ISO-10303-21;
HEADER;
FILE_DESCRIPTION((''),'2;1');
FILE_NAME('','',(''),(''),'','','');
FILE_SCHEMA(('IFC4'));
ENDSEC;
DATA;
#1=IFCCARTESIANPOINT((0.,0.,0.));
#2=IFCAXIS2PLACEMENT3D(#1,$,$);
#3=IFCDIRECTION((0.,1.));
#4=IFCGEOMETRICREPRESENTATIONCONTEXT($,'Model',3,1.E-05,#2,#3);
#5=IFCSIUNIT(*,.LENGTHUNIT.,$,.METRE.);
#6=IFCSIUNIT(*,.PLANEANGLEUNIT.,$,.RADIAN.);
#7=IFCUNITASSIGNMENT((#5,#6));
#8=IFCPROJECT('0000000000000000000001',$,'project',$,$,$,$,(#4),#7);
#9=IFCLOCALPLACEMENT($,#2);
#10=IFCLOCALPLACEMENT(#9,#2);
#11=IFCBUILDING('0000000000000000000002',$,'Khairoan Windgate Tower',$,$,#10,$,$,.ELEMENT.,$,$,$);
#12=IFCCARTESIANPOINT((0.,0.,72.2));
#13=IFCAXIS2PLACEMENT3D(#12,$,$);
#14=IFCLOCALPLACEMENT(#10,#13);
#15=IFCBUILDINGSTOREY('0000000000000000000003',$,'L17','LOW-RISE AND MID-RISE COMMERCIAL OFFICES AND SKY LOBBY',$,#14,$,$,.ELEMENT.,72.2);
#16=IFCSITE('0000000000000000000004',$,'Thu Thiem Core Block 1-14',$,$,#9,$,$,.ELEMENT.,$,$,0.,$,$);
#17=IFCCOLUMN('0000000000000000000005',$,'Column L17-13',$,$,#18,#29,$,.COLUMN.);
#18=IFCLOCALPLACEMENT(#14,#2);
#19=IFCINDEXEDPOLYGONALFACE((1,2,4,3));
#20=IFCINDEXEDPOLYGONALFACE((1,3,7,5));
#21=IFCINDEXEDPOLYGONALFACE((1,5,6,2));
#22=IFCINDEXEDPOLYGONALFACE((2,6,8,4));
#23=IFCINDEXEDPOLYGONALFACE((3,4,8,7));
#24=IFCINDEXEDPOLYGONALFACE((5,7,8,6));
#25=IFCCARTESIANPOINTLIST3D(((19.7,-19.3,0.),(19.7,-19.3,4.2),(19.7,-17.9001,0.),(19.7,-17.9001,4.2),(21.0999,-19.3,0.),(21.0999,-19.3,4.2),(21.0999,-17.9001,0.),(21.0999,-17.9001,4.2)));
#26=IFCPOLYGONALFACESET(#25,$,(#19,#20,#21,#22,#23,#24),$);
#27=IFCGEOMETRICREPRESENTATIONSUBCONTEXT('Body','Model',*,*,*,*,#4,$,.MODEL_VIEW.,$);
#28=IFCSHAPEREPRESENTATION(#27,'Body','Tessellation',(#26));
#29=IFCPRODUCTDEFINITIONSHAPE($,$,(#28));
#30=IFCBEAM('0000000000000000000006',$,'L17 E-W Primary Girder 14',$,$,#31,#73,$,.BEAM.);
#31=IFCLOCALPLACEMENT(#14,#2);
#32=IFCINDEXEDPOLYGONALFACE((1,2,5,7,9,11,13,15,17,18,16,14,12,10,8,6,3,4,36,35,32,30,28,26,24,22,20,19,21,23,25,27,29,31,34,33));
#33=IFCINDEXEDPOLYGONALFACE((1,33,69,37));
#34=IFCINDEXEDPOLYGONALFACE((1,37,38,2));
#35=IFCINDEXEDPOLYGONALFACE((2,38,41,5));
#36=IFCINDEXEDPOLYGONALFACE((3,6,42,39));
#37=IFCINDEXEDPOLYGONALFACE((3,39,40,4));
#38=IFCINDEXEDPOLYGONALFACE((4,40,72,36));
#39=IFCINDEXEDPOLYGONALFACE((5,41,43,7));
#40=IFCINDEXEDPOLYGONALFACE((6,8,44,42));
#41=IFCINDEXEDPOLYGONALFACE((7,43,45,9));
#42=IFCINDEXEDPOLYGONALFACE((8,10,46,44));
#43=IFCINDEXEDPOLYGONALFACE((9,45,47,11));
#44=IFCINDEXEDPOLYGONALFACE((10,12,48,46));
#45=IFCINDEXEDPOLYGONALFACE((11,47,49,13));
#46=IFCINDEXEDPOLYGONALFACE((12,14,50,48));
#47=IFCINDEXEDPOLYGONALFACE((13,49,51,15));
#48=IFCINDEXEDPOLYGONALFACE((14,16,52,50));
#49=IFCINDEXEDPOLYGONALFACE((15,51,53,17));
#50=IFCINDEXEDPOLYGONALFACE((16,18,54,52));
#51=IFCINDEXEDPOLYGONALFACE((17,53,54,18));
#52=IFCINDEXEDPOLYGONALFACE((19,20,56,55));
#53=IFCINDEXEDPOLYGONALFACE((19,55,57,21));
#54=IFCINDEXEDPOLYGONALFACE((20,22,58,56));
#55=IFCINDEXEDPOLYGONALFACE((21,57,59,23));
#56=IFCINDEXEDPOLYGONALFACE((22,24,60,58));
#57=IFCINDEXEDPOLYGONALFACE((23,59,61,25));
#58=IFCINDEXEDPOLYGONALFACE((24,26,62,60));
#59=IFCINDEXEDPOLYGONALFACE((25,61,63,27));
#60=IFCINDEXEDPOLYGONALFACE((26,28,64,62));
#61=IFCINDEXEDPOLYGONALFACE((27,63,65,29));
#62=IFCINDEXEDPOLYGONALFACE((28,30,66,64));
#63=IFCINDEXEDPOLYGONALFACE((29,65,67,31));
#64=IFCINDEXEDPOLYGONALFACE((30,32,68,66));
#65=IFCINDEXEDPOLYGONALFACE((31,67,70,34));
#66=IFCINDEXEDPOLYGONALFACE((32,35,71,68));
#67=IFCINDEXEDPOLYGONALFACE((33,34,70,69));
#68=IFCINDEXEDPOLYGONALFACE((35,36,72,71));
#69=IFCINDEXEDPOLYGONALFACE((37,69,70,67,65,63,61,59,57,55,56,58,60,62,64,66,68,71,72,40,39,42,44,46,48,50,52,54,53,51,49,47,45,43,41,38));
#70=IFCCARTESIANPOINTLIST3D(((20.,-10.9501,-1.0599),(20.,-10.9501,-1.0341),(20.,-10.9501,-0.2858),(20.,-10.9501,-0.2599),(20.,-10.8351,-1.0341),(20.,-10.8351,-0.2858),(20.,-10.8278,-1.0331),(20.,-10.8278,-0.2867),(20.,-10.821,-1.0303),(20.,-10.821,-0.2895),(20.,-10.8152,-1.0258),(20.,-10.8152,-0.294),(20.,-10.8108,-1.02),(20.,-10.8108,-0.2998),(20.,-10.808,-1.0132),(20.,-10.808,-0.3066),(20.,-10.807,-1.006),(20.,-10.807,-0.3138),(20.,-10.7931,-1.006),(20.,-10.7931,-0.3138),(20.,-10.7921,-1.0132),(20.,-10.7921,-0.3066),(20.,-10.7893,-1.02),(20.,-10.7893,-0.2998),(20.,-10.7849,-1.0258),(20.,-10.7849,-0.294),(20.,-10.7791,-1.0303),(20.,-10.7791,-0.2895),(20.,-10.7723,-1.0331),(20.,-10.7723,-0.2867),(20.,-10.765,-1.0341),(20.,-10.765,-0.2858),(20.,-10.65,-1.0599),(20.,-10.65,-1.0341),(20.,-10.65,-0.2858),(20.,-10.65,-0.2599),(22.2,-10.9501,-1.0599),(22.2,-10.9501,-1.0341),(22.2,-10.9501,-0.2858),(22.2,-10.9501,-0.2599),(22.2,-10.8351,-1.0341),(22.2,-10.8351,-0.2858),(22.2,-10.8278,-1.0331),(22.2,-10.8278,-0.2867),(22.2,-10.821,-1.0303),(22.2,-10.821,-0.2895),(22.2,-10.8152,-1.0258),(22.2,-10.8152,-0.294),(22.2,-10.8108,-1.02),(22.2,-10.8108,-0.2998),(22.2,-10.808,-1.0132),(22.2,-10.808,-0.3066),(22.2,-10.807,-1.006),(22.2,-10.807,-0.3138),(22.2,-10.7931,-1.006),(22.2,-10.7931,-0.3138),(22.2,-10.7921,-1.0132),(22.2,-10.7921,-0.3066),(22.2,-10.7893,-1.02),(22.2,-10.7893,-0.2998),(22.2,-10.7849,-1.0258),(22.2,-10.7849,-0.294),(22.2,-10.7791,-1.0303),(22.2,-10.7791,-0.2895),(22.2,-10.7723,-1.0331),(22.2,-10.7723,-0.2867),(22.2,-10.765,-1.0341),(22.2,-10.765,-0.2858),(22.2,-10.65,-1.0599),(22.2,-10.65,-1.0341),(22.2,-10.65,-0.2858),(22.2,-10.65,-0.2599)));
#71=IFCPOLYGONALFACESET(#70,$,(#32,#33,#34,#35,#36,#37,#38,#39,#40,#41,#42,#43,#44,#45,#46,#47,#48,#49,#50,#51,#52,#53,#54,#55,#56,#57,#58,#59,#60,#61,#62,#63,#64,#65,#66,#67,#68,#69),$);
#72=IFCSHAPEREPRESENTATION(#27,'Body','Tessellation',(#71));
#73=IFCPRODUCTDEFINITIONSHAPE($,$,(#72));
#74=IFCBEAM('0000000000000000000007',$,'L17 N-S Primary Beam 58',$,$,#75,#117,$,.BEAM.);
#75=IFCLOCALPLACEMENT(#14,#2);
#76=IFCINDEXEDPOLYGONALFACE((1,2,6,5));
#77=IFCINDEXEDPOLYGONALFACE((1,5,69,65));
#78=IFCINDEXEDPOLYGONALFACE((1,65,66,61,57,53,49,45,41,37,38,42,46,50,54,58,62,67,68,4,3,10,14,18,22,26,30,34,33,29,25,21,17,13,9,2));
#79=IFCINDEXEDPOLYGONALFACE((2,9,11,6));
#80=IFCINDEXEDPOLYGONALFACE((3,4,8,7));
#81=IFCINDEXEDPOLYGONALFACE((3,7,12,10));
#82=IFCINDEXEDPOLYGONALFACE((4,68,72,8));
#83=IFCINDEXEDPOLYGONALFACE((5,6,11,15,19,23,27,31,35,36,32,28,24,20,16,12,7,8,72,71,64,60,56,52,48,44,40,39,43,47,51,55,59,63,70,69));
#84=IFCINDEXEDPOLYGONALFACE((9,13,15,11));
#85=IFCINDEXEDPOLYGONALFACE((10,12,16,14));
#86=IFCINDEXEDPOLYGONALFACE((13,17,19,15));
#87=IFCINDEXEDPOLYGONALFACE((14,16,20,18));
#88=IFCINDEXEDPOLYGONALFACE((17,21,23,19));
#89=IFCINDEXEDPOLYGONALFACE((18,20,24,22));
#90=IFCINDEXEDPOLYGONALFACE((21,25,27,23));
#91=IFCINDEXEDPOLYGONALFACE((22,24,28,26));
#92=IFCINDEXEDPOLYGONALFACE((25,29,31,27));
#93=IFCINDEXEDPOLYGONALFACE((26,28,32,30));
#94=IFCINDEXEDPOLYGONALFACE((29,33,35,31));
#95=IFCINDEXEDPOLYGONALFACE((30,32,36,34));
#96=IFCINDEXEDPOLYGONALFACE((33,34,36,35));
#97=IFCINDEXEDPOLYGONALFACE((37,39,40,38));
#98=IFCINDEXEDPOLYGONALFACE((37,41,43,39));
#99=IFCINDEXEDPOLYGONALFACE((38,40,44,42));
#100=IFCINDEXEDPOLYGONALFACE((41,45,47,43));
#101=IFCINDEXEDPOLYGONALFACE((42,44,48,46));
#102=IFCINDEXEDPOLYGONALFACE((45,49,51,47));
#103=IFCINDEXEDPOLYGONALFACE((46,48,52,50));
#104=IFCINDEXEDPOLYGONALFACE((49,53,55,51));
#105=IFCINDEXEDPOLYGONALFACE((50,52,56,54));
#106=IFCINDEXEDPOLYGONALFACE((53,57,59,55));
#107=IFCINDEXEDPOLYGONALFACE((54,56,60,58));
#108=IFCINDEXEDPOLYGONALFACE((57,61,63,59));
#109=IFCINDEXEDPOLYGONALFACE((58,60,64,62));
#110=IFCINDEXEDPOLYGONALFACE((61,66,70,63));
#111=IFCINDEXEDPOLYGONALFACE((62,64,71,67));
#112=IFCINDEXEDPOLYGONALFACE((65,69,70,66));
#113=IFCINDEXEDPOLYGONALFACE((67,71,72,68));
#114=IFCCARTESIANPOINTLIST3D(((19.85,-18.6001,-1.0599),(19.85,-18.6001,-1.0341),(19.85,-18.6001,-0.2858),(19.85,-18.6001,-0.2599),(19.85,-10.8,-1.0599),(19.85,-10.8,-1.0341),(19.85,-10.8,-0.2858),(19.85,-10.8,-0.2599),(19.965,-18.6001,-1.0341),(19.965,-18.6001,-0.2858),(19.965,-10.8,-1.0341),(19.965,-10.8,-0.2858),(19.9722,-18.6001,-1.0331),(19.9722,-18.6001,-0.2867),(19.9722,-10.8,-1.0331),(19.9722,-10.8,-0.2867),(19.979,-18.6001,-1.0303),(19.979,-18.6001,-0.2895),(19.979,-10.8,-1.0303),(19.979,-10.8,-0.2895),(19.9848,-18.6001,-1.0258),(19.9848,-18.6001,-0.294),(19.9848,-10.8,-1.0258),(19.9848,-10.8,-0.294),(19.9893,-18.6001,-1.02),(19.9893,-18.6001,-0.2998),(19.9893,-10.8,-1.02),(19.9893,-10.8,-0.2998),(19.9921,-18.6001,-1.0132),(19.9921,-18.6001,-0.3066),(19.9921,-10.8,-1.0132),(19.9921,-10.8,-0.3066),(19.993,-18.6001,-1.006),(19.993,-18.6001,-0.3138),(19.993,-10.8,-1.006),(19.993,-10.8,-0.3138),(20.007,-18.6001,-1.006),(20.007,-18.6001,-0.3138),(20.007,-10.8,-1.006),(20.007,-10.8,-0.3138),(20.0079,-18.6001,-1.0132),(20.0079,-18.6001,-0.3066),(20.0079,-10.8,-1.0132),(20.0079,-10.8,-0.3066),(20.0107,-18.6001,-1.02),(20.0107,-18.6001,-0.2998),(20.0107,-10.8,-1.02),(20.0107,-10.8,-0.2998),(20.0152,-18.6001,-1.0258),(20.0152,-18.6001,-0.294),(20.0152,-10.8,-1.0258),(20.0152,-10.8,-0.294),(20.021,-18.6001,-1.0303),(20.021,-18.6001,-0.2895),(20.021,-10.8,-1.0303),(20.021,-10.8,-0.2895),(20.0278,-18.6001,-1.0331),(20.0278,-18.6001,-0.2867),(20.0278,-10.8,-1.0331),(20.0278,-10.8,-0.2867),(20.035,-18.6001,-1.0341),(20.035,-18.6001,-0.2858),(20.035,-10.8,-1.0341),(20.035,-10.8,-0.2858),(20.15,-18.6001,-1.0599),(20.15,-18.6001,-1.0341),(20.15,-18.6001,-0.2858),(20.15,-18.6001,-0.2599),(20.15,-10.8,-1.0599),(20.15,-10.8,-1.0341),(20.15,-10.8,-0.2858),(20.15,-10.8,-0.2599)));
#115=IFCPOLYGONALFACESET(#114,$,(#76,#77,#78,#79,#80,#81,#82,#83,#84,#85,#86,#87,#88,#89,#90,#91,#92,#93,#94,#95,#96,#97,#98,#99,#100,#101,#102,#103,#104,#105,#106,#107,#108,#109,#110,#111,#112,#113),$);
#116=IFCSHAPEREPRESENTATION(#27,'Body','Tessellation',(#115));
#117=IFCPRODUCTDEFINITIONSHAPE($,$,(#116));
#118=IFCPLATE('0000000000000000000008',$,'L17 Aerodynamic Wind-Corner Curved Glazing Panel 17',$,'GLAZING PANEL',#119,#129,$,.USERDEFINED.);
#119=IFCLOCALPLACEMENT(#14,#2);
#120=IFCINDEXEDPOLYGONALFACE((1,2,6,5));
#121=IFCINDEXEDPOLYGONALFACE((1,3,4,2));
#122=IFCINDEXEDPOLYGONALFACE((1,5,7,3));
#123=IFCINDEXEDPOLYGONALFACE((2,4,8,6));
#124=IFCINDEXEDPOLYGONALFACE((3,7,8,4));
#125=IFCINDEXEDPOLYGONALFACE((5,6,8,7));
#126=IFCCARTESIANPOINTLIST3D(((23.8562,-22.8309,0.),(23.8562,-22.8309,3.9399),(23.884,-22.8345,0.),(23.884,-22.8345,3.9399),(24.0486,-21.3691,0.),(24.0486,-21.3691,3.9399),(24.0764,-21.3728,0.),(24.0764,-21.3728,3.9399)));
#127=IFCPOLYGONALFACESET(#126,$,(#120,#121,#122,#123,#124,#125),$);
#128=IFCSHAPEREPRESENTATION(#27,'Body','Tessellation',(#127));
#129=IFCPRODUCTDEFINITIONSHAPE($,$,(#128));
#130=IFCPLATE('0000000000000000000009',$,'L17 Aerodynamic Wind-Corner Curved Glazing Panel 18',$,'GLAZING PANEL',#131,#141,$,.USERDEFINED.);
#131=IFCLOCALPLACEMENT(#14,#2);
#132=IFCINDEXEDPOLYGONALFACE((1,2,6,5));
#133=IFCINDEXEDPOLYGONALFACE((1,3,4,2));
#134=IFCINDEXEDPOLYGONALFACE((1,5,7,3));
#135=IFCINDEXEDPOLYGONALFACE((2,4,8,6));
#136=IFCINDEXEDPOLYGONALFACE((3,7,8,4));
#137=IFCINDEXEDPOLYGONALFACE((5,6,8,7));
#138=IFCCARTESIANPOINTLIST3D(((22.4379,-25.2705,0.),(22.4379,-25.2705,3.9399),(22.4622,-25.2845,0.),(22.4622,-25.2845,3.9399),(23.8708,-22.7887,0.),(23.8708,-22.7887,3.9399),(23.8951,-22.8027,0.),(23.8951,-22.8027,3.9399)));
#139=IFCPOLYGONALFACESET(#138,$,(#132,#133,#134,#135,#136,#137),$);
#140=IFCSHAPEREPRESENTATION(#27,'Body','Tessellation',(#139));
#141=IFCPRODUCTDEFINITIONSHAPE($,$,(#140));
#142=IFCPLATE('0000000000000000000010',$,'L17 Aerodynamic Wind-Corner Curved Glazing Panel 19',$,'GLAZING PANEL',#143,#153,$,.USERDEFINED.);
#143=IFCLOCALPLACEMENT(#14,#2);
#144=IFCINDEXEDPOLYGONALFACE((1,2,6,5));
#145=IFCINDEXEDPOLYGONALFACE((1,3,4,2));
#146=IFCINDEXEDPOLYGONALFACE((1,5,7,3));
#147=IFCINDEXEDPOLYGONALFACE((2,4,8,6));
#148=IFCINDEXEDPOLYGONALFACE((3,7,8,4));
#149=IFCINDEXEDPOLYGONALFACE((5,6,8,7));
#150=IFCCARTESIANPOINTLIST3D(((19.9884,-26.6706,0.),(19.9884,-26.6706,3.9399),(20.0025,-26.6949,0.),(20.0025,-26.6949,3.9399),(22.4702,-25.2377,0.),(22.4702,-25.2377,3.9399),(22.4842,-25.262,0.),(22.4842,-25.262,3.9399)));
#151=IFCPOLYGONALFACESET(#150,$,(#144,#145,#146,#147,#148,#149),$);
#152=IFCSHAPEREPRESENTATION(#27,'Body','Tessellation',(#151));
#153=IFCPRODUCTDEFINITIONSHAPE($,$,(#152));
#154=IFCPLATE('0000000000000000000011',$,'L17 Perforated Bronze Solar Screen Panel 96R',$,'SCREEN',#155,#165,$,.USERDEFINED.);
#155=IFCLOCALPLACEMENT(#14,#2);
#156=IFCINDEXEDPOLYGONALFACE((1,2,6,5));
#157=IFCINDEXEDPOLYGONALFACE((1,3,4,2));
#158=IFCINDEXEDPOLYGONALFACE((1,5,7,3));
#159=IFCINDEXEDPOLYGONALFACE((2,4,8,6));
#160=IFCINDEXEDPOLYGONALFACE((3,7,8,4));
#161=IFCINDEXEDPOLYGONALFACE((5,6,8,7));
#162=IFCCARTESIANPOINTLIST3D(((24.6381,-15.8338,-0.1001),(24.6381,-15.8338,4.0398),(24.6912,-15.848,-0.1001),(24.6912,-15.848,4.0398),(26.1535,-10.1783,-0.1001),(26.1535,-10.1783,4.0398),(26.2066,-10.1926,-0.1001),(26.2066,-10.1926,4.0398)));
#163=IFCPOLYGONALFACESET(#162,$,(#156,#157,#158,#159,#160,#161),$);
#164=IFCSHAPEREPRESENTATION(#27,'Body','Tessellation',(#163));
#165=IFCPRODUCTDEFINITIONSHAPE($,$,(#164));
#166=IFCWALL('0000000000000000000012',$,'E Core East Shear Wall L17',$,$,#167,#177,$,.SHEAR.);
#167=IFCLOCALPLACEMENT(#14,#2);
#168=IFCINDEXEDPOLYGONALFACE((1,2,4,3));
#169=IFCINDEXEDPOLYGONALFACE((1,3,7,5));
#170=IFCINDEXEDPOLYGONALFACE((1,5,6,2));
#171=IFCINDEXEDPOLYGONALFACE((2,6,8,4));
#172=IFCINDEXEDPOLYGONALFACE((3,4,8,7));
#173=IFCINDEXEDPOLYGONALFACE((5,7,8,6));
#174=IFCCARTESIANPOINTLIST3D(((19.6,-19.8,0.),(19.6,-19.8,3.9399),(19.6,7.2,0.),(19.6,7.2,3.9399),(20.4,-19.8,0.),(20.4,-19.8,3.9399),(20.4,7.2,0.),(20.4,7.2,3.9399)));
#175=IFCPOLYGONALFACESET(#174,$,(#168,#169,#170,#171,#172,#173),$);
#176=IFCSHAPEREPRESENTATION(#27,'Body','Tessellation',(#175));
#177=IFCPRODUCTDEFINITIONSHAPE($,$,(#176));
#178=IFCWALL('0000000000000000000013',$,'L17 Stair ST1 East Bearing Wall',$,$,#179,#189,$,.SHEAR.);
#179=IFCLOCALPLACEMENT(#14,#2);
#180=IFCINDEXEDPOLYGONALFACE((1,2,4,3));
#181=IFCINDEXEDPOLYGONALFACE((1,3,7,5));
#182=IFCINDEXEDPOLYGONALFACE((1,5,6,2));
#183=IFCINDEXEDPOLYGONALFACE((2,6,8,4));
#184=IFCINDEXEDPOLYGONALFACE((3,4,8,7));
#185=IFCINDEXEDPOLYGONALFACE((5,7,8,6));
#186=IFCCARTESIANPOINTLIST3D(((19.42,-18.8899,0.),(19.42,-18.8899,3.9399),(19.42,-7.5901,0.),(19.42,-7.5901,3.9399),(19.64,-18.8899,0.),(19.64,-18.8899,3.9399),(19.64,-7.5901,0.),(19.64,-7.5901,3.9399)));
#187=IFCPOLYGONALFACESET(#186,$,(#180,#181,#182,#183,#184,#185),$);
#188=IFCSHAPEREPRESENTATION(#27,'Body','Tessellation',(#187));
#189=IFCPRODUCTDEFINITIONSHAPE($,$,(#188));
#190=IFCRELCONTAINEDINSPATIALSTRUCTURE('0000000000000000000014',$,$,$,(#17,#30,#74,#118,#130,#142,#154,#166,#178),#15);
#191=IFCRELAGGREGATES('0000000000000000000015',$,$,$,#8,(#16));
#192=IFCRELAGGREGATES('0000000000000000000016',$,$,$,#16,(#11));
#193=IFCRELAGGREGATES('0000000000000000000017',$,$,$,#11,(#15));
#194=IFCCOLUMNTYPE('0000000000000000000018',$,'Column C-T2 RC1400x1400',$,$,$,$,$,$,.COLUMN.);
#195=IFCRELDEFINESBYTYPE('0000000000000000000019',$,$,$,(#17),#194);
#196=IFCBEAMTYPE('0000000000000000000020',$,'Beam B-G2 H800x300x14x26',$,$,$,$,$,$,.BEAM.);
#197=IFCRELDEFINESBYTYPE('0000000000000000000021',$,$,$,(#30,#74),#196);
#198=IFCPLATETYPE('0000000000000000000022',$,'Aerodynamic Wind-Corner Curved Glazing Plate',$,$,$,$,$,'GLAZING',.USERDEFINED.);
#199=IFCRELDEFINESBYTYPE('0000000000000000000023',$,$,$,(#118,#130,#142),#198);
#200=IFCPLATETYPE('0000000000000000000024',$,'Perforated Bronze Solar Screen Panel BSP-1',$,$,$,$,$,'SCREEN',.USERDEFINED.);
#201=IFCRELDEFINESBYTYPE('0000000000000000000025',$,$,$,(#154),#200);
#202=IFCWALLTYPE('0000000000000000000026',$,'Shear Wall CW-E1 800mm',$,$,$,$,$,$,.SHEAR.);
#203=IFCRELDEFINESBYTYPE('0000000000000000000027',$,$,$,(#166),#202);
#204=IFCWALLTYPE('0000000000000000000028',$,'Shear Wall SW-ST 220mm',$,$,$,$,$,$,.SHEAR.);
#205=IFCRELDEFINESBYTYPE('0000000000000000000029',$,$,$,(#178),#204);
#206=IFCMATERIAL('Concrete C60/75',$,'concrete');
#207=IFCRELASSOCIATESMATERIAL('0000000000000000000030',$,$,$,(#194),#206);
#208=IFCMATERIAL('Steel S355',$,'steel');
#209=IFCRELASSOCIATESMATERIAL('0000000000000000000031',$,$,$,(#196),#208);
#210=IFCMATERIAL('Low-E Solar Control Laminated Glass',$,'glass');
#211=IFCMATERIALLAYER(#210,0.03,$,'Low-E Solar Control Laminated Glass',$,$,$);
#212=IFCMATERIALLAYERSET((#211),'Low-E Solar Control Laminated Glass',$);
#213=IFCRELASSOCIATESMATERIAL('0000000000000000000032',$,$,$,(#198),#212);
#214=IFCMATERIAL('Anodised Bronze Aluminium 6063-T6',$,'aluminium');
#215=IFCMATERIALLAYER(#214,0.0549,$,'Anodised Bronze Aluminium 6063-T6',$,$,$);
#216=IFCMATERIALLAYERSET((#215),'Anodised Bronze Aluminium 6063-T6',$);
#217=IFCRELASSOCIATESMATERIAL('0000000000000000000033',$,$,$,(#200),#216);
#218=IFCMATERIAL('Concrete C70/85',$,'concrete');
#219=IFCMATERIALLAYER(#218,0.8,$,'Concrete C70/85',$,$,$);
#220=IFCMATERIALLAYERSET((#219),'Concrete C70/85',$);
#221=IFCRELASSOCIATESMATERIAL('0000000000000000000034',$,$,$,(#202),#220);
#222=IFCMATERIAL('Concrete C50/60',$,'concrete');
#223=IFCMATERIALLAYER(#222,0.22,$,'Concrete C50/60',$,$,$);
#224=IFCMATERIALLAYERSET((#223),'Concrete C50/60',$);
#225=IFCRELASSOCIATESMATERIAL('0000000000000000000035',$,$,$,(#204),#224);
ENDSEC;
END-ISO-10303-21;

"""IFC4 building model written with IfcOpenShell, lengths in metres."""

from ifc_helpers import new_model, si_unit, direction, frame, frame_2d, origin, origin_2d, place, context, subcontext, project, spatial, rectangle, i_section, extrude, material, layer, layer_set, material_profile, profile_set, type_object, element, save


model = new_model("IFC4")

# Units and contexts
model_context = context("Model", 3, precision=1e-05, world=origin(), true_north=direction((0.0, 1.0)))
body_context = subcontext(model_context, "Body", "Model", "MODEL_VIEW")
ifc_project = project(units=[si_unit("LENGTHUNIT", "METRE"), si_unit("PLANEANGLEUNIT", "RADIAN")], contexts=[model_context])

# Site, building, storey
site_placement = place(None, origin())
site = spatial("IfcSite", under=ifc_project, at=site_placement, Name="Thu Thiem Core Block 1-14", CompositionType="ELEMENT", RefElevation=0.0)
building_placement = place(site_placement, origin())
building = spatial("IfcBuilding", under=site, at=building_placement, Name="Khairoan Windgate Tower", CompositionType="ELEMENT")
storey_placement = place(building_placement, frame((0.0, 0.0, 72.2)))
storey = spatial("IfcBuildingStorey", under=building, at=storey_placement, Name="L17", Description="LOW-RISE AND MID-RISE COMMERCIAL OFFICES AND SKY LOBBY", CompositionType="ELEMENT", Elevation=72.2)

# Column
ifc_material_1 = material(Name="Concrete C60/75", Category="concrete")
ifc_material_profile_1 = material_profile(ifc_material_1, rectangle(XDim=1.3999, YDim=1.3999, at=origin_2d()))
ifc_profile_set_1 = profile_set([ifc_material_profile_1], Name="Concrete C60/75")
column_type = type_object("IfcColumnType", Name="Column C-T2 RC1400x1400", PredefinedType="COLUMN", material=ifc_profile_set_1)
column_placement = place(storey_placement, frame((20.3999, -18.6001, 0.0), z_axis=(0.0, 0.0, 1.0), x_axis=(1.0, 0.0, 0.0)))
element("IfcColumn", 1, at=column_placement, inside=storey, type_object=column_type, Name="Column L17-13", PredefinedType="COLUMN", context=body_context, shape_type="SweptSolid", body=[
    extrude(rectangle(XDim=1.3999, YDim=1.3999, at=origin_2d()), origin(), (0.0, 0.0, 1.0), 4.2),
])

# Beams
ifc_material_2 = material(Name="Steel S355", Category="steel")
ifc_material_profile_2 = material_profile(ifc_material_2, i_section(OverallWidth=0.3, OverallDepth=0.8, WebThickness=0.0139, FlangeThickness=0.0259, FilletRadius=0.0281, at=origin_2d()))
ifc_profile_set_2 = profile_set([ifc_material_profile_2], Name="Steel S355")
beam_type = type_object("IfcBeamType", Name="Beam B-G2 H800x300x14x26", PredefinedType="BEAM", material=ifc_profile_set_2)
beam_1_placement = place(storey_placement, frame((20.0, -10.8, -0.6599), z_axis=(1.0, 0.0, 0.0), x_axis=(0.0, 1.0, 0.0)))
element("IfcBeam", 2, at=beam_1_placement, inside=storey, type_object=beam_type, Name="L17 E-W Primary Girder 14", PredefinedType="BEAM", context=body_context, shape_type="SweptSolid", body=[
    extrude(i_section(OverallWidth=0.3, OverallDepth=0.8, WebThickness=0.0139, FlangeThickness=0.0259, FilletRadius=0.0281, at=origin_2d()), origin(), (0.0, 0.0, 1.0), 2.2),
])
beam_2_placement = place(storey_placement, frame((20.0, -18.6001, -0.6599), z_axis=(0.0, 1.0, 0.0), x_axis=(-1.0, 0.0, 0.0)))
element("IfcBeam", 3, at=beam_2_placement, inside=storey, type_object=beam_type, Name="L17 N-S Primary Beam 58", PredefinedType="BEAM", context=body_context, shape_type="SweptSolid", body=[
    extrude(i_section(OverallWidth=0.3, OverallDepth=0.8, WebThickness=0.0139, FlangeThickness=0.0259, FilletRadius=0.0281, at=origin_2d()), origin(), (0.0, 0.0, 1.0), 7.8),
])

# Plates
ifc_material_3 = material(Name="Low-E Solar Control Laminated Glass", Category="glass")
ifc_layer_1 = layer(ifc_material_3, 0.03, Name="Low-E Solar Control Laminated Glass")
ifc_layer_set_1 = layer_set([ifc_layer_1], Name="Low-E Solar Control Laminated Glass")
plate_type_1 = type_object("IfcPlateType", Name="Aerodynamic Wind-Corner Curved Glazing Plate", ElementType="GLAZING", PredefinedType="USERDEFINED", material=ifc_layer_set_1)
plate_1_placement = place(storey_placement, frame((23.9663, -22.1018, 0.0), z_axis=(0.0, 0.0, 1.0), x_axis=(-0.130526, -0.991445, 0.0)))
element("IfcPlate", 4, at=plate_1_placement, inside=storey, type_object=plate_type_1, Name="L17 Aerodynamic Wind-Corner Curved Glazing Panel 17", ObjectType="GLAZING PANEL", PredefinedType="USERDEFINED", context=body_context, shape_type="SweptSolid", body=[
    extrude(rectangle(XDim=1.4744, YDim=0.0281, at=origin_2d()), origin(), (0.0, 0.0, 1.0), 3.9399),
])
for number, where, z_axis, x_axis, name in (
    (5, (23.1665, -24.0366, 0.0), (0.0, 0.0, 1.0), (-0.5, -0.866025, 0.0), "L17 Aerodynamic Wind-Corner Curved Glazing Panel 18"),
    (6, (21.2363, -25.9663, 0.0), (0.0, 0.0, 1.0), (-0.866025, -0.5, 0.0), "L17 Aerodynamic Wind-Corner Curved Glazing Panel 19"),
):
    element("IfcPlate", number, at=place(storey_placement, frame(where, z_axis=z_axis, x_axis=x_axis)), inside=storey, type_object=plate_type_1, Name=name, ObjectType="GLAZING PANEL", PredefinedType="USERDEFINED", context=body_context, shape_type="SweptSolid", body=[
        extrude(rectangle(XDim=2.8657, YDim=0.0281, at=origin_2d()), origin(), (0.0, 0.0, 1.0), 3.9399),
    ])

# Plate
ifc_material_4 = material(Name="Anodised Bronze Aluminium 6063-T6", Category="aluminium")
ifc_layer_2 = layer(ifc_material_4, 0.0549, Name="Anodised Bronze Aluminium 6063-T6")
ifc_layer_set_2 = layer_set([ifc_layer_2], Name="Anodised Bronze Aluminium 6063-T6")
plate_type_2 = type_object("IfcPlateType", Name="Perforated Bronze Solar Screen Panel BSP-1", ElementType="SCREEN", PredefinedType="USERDEFINED", material=ifc_layer_set_2)
plate_2_placement = place(storey_placement, frame((25.4224, -13.0132, -0.1001), z_axis=(0.0, 0.0, 1.0), x_axis=(-0.258819, -0.965926, 0.0)))
element("IfcPlate", 7, at=plate_2_placement, inside=storey, type_object=plate_type_2, Name="L17 Perforated Bronze Solar Screen Panel 96R", ObjectType="SCREEN", PredefinedType="USERDEFINED", context=body_context, shape_type="SweptSolid", body=[
    extrude(rectangle(XDim=5.855, YDim=0.0549, at=origin_2d()), origin(), (0.0, 0.0, 1.0), 4.1399),
])

# Walls
ifc_material_5 = material(Name="Concrete C70/85", Category="concrete")
ifc_layer_3 = layer(ifc_material_5, 0.8, Name="Concrete C70/85")
ifc_layer_set_3 = layer_set([ifc_layer_3], Name="Concrete C70/85")
wall_type_1 = type_object("IfcWallType", Name="Shear Wall CW-E1 800mm", PredefinedType="SHEAR", material=ifc_layer_set_3)
wall_1_placement = place(storey_placement, frame((20.0, -19.8, 0.0), z_axis=(0.0, 0.0, 1.0), x_axis=(0.0, 1.0, 0.0)))
element("IfcWall", 8, at=wall_1_placement, inside=storey, type_object=wall_type_1, Name="E Core East Shear Wall L17", PredefinedType="SHEAR", context=body_context, shape_type="SweptSolid", body=[
    extrude(rectangle(XDim=27.0, YDim=0.8, at=frame_2d((13.5, 0.0))), origin(), (0.0, 0.0, 1.0), 3.9399),
])
ifc_material_6 = material(Name="Concrete C50/60", Category="concrete")
ifc_layer_4 = layer(ifc_material_6, 0.22, Name="Concrete C50/60")
ifc_layer_set_4 = layer_set([ifc_layer_4], Name="Concrete C50/60")
wall_type_2 = type_object("IfcWallType", Name="Shear Wall SW-ST 220mm", PredefinedType="SHEAR", material=ifc_layer_set_4)
wall_2_placement = place(storey_placement, frame((19.53, -18.8899, 0.0), z_axis=(0.0, 0.0, 1.0), x_axis=(0.0, 1.0, 0.0)))
element("IfcWall", 9, at=wall_2_placement, inside=storey, type_object=wall_type_2, Name="L17 Stair ST1 East Bearing Wall", PredefinedType="SHEAR", context=body_context, shape_type="SweptSolid", body=[
    extrude(rectangle(XDim=11.2998, YDim=0.22, at=frame_2d((5.6499, 0.0))), origin(), (0.0, 0.0, 1.0), 3.9399),
])

save(model, "model.ifc")
